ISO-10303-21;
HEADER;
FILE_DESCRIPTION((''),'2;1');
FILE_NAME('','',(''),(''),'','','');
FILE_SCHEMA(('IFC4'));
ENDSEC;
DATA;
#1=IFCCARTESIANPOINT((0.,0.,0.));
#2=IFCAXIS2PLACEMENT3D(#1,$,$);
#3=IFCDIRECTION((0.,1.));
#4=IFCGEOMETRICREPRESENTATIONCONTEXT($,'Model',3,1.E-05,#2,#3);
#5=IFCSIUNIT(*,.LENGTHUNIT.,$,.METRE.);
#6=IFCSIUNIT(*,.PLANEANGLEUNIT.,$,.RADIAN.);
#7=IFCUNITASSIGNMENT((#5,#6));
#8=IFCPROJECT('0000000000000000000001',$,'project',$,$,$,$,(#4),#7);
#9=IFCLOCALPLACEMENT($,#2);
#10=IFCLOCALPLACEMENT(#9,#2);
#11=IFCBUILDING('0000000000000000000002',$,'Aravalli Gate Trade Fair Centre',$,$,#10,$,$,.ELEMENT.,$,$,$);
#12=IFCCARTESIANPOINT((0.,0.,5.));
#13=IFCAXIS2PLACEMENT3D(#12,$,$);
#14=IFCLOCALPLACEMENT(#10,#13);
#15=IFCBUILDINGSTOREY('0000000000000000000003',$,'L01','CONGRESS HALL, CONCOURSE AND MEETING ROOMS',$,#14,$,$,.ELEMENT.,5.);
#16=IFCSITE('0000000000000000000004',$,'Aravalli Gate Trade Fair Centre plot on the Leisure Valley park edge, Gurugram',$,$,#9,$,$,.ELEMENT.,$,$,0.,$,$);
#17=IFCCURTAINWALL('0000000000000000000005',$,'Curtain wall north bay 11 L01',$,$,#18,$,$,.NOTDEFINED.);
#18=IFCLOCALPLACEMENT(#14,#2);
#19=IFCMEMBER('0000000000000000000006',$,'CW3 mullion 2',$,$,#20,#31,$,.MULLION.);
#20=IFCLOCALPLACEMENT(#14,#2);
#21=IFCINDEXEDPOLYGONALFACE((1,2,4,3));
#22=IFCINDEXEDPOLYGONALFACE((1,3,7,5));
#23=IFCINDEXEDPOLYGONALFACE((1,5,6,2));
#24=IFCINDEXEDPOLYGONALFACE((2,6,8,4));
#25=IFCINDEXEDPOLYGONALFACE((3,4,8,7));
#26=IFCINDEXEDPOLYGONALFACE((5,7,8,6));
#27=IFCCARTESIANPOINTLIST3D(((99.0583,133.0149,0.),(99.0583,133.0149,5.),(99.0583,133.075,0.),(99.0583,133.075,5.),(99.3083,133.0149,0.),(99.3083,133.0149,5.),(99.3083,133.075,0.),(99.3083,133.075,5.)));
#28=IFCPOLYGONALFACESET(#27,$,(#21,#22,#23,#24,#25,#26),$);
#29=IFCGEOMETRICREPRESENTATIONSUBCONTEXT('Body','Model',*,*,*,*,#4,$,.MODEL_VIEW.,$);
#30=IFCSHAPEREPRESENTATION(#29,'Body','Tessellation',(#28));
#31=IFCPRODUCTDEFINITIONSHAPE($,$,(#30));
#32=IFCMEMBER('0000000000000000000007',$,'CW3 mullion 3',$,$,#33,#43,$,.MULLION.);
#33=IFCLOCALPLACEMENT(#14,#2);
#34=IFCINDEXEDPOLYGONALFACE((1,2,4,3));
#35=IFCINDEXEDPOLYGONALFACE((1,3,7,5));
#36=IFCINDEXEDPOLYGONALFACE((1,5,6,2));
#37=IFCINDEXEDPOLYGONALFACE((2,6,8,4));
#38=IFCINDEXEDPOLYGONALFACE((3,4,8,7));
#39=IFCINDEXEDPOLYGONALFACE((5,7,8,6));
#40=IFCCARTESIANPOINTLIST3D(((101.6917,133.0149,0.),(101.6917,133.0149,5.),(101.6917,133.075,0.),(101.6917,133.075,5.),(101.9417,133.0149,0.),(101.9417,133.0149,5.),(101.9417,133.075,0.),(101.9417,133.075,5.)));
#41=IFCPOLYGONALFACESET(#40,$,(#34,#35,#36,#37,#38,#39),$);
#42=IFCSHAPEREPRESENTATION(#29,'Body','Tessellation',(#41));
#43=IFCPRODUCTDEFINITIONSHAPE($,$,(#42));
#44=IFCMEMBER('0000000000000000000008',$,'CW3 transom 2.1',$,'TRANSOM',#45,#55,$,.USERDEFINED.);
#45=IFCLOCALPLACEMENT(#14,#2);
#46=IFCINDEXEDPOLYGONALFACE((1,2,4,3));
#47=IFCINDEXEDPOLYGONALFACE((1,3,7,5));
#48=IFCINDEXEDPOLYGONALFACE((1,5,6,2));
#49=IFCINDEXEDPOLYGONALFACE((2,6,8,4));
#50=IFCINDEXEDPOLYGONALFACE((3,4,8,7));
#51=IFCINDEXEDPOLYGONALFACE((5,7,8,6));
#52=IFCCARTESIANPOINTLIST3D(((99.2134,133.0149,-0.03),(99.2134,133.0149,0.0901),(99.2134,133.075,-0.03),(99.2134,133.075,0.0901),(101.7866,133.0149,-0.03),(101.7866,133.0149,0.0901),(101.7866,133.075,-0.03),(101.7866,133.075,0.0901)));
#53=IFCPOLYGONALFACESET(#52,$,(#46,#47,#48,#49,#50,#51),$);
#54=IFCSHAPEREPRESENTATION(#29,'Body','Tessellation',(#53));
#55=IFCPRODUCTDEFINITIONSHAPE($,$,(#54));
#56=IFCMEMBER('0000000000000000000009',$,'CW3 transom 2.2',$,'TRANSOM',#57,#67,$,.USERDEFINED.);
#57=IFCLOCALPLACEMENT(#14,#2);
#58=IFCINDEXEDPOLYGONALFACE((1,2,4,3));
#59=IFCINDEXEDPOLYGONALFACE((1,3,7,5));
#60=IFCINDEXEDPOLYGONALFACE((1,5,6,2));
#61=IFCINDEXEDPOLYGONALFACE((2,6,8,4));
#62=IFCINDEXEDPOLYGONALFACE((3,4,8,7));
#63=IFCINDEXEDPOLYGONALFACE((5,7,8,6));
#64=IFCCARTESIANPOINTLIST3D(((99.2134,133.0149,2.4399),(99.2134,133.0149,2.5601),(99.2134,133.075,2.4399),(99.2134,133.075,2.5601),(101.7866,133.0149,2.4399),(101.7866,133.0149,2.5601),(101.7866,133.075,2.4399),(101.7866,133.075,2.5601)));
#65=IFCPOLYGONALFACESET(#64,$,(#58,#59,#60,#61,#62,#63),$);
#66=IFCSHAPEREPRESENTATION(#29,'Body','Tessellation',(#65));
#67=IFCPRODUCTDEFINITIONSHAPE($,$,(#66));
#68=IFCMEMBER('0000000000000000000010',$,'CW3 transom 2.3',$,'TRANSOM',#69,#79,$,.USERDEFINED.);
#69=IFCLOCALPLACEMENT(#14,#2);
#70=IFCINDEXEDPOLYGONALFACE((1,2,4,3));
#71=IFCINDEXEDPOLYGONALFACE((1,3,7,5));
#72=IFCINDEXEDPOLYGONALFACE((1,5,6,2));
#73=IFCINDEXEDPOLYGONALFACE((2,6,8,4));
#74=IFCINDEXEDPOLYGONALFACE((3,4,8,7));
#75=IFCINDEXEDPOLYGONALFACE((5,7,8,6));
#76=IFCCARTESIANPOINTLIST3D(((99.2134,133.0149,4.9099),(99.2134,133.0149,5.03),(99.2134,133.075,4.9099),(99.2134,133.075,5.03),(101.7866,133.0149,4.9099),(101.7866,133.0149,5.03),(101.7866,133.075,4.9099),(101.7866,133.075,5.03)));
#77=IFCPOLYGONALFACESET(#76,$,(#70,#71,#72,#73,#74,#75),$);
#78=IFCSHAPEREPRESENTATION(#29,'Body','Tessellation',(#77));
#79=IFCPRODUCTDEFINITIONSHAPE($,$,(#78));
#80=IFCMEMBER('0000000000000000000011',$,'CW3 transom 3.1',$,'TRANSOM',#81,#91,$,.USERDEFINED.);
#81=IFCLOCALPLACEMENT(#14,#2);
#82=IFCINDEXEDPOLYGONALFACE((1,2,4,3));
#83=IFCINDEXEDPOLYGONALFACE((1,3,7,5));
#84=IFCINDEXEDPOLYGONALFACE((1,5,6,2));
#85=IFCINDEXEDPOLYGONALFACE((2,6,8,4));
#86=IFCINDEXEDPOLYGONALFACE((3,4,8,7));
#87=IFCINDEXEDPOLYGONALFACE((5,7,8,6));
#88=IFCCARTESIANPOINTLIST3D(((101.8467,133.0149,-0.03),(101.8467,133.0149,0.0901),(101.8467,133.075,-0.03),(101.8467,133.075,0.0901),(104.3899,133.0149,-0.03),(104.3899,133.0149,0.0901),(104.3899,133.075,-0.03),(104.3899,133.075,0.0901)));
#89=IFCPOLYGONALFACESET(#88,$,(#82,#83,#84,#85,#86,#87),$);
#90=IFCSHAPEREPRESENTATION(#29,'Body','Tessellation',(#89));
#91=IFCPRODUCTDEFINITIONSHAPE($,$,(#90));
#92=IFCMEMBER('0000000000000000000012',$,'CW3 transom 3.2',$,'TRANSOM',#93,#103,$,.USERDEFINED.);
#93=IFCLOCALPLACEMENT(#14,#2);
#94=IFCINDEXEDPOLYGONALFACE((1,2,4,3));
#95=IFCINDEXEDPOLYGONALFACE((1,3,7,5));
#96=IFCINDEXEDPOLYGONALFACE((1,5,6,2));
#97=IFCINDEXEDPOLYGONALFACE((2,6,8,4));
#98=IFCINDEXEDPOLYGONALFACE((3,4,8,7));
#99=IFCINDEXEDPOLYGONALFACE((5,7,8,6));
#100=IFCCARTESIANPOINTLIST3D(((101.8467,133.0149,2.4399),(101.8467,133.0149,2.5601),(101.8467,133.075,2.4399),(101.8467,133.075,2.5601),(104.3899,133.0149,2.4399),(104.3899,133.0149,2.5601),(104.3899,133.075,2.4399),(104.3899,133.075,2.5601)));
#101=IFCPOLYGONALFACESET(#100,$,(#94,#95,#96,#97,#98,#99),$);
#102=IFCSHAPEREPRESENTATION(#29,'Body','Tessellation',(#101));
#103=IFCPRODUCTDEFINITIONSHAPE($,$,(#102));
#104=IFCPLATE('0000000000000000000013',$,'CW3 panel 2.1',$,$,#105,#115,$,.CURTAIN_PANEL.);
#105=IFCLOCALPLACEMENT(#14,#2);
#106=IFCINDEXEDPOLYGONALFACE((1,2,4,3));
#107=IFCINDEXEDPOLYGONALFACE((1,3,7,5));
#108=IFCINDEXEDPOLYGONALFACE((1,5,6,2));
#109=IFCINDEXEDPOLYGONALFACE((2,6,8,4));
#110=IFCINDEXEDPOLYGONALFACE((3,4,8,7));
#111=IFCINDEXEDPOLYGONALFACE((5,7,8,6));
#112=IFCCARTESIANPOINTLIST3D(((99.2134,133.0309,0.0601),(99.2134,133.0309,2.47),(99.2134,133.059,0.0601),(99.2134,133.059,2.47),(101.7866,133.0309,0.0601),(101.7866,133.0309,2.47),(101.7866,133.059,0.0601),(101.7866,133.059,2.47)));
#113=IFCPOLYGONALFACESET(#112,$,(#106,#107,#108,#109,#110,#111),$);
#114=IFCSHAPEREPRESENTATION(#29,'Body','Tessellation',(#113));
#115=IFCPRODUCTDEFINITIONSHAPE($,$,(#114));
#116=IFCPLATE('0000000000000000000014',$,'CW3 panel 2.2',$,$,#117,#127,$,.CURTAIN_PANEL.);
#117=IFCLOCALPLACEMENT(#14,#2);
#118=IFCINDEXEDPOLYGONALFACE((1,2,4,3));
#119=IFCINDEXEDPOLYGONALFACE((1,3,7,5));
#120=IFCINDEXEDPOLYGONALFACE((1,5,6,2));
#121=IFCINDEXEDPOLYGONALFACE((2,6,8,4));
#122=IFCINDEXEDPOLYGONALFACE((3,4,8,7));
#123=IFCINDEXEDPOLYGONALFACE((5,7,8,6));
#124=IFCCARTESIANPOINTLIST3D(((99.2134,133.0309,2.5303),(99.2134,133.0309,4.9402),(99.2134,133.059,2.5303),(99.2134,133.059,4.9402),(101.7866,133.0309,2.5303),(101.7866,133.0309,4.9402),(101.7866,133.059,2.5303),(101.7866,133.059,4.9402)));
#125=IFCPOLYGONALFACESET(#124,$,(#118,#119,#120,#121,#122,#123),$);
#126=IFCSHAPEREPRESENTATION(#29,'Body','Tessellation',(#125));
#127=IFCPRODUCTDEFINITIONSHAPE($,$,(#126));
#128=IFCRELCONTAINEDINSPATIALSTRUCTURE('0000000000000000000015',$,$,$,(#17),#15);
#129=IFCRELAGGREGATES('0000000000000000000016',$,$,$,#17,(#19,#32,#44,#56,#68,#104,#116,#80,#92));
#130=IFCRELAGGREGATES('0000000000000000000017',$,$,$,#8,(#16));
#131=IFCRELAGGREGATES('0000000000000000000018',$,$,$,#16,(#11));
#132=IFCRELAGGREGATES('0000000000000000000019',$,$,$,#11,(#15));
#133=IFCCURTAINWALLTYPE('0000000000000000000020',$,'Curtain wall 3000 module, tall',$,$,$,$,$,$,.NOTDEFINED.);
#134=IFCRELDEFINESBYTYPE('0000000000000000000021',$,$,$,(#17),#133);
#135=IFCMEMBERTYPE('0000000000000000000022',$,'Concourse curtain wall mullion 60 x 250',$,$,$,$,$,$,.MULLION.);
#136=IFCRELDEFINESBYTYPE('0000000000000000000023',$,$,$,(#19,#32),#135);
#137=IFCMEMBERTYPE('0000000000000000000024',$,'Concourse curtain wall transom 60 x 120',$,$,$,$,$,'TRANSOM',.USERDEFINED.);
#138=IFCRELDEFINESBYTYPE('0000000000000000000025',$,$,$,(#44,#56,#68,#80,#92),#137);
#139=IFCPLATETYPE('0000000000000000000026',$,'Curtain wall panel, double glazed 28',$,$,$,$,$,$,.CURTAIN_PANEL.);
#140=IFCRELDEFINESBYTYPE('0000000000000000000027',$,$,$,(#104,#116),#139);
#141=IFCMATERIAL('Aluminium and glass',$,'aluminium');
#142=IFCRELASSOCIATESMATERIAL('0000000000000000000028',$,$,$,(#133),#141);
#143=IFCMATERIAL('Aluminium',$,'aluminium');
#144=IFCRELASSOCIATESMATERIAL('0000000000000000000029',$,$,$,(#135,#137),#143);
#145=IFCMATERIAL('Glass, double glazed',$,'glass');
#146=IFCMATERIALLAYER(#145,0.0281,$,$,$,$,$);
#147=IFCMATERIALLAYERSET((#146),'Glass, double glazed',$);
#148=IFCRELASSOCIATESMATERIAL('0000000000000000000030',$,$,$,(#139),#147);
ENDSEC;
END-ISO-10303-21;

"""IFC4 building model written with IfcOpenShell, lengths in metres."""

from ifc_helpers import new_model, si_unit, direction, frame, origin, origin_2d, place, context, subcontext, project, spatial, rectangle, extrude, material, layer, layer_set, material_profile, profile_set, type_object, element, aggregate, save


model = new_model("IFC4")

# Units and contexts
model_context = context("Model", 3, precision=1e-05, world=origin(), true_north=direction((0.0, 1.0)))
body_context = subcontext(model_context, "Body", "Model", "MODEL_VIEW")
ifc_project = project(units=[si_unit("LENGTHUNIT", "METRE"), si_unit("PLANEANGLEUNIT", "RADIAN")], contexts=[model_context])

# Site, building, storey
site_placement = place(None, origin())
site = spatial("IfcSite", under=ifc_project, at=site_placement, Name="Aravalli Gate Trade Fair Centre plot on the Leisure Valley park edge, Gurugram", CompositionType="ELEMENT", RefElevation=0.0)
building_placement = place(site_placement, origin())
building = spatial("IfcBuilding", under=site, at=building_placement, Name="Aravalli Gate Trade Fair Centre", CompositionType="ELEMENT")
storey_placement = place(building_placement, frame((0.0, 0.0, 5.0)))
storey = spatial("IfcBuildingStorey", under=building, at=storey_placement, Name="L01", Description="CONGRESS HALL, CONCOURSE AND MEETING ROOMS", CompositionType="ELEMENT", Elevation=5.0)

# Curtain wall, members, plates
ifc_material_1 = material(Name="Aluminium and glass", Category="aluminium")
curtain_wall_type = type_object("IfcCurtainWallType", Name="Curtain wall 3000 module, tall", PredefinedType="NOTDEFINED", material=ifc_material_1)
curtain_wall_placement = place(storey_placement, origin())
curtain_wall = element("IfcCurtainWall", 1, at=curtain_wall_placement, inside=storey, type_object=curtain_wall_type, Name="Curtain wall north bay 11 L01", PredefinedType="NOTDEFINED")
ifc_material_2 = material(Name="Aluminium", Category="aluminium")
ifc_material_profile_1 = material_profile(ifc_material_2, rectangle(XDim=0.0601, YDim=0.25, at=origin_2d()), Name="Concourse curtain wall mullion 60 x 250")
ifc_profile_set_1 = profile_set([ifc_material_profile_1], Name="Aluminium")
member_type_1 = type_object("IfcMemberType", Name="Concourse curtain wall mullion 60 x 250", PredefinedType="MULLION", material=ifc_profile_set_1)
member_1_placement = place(storey_placement, frame((99.1833, 133.0449, 0.0), z_axis=(0.0, 0.0, 1.0), x_axis=(0.0, 1.0, 0.0)))
member_1 = element("IfcMember", 2, at=member_1_placement, type_object=member_type_1, Name="CW3 mullion 2", PredefinedType="MULLION", context=body_context, shape_type="SweptSolid", body=[
    extrude(rectangle(XDim=0.0601, YDim=0.25, at=origin_2d()), origin(), (0.0, 0.0, 1.0), 5.0),
])
member_2_placement = place(storey_placement, frame((101.8167, 133.0449, 0.0), z_axis=(0.0, 0.0, 1.0), x_axis=(0.0, 1.0, 0.0)))
member_2 = element("IfcMember", 3, at=member_2_placement, type_object=member_type_1, Name="CW3 mullion 3", PredefinedType="MULLION", context=body_context, shape_type="SweptSolid", body=[
    extrude(rectangle(XDim=0.0601, YDim=0.25, at=origin_2d()), origin(), (0.0, 0.0, 1.0), 5.0),
])
ifc_material_profile_2 = material_profile(ifc_material_2, rectangle(XDim=0.0601, YDim=0.1201, at=origin_2d()), Name="Concourse curtain wall transom 60 x 120")
ifc_profile_set_2 = profile_set([ifc_material_profile_2], Name="Aluminium")
member_type_2 = type_object("IfcMemberType", Name="Concourse curtain wall transom 60 x 120", ElementType="TRANSOM", PredefinedType="USERDEFINED", material=ifc_profile_set_2)
member_3_placement = place(storey_placement, frame((99.2134, 133.0449, 0.03), z_axis=(1.0, 0.0, 0.0), x_axis=(0.0, 1.0, 0.0)))
member_3 = element("IfcMember", 4, at=member_3_placement, type_object=member_type_2, Name="CW3 transom 2.1", ObjectType="TRANSOM", PredefinedType="USERDEFINED", context=body_context, shape_type="SweptSolid", body=[
    extrude(rectangle(XDim=0.0601, YDim=0.1201, at=origin_2d()), origin(), (0.0, 0.0, 1.0), 2.5732),
])
member_4_placement = place(storey_placement, frame((99.2134, 133.0449, 2.5), z_axis=(1.0, 0.0, 0.0), x_axis=(0.0, 1.0, 0.0)))
member_4 = element("IfcMember", 5, at=member_4_placement, type_object=member_type_2, Name="CW3 transom 2.2", ObjectType="TRANSOM", PredefinedType="USERDEFINED", context=body_context, shape_type="SweptSolid", body=[
    extrude(rectangle(XDim=0.0601, YDim=0.1201, at=origin_2d()), origin(), (0.0, 0.0, 1.0), 2.5732),
])
member_5_placement = place(storey_placement, frame((99.2134, 133.0449, 4.97), z_axis=(1.0, 0.0, 0.0), x_axis=(0.0, 1.0, 0.0)))
member_5 = element("IfcMember", 6, at=member_5_placement, type_object=member_type_2, Name="CW3 transom 2.3", ObjectType="TRANSOM", PredefinedType="USERDEFINED", context=body_context, shape_type="SweptSolid", body=[
    extrude(rectangle(XDim=0.0601, YDim=0.1201, at=origin_2d()), origin(), (0.0, 0.0, 1.0), 2.5732),
])
member_6_placement = place(storey_placement, frame((101.8467, 133.0449, 0.03), z_axis=(1.0, 0.0, 0.0), x_axis=(0.0, 1.0, 0.0)))
member_6 = element("IfcMember", 7, at=member_6_placement, type_object=member_type_2, Name="CW3 transom 3.1", ObjectType="TRANSOM", PredefinedType="USERDEFINED", context=body_context, shape_type="SweptSolid", body=[
    extrude(rectangle(XDim=0.0601, YDim=0.1201, at=origin_2d()), origin(), (0.0, 0.0, 1.0), 2.5432),
])
member_7_placement = place(storey_placement, frame((101.8467, 133.0449, 2.5), z_axis=(1.0, 0.0, 0.0), x_axis=(0.0, 1.0, 0.0)))
member_7 = element("IfcMember", 8, at=member_7_placement, type_object=member_type_2, Name="CW3 transom 3.2", ObjectType="TRANSOM", PredefinedType="USERDEFINED", context=body_context, shape_type="SweptSolid", body=[
    extrude(rectangle(XDim=0.0601, YDim=0.1201, at=origin_2d()), origin(), (0.0, 0.0, 1.0), 2.5432),
])
ifc_material_3 = material(Name="Glass, double glazed", Category="glass")
ifc_layer = layer(ifc_material_3, 0.0281)
ifc_layer_set = layer_set([ifc_layer], Name="Glass, double glazed")
plate_type = type_object("IfcPlateType", Name="Curtain wall panel, double glazed 28", PredefinedType="CURTAIN_PANEL", material=ifc_layer_set)
plate_1_placement = place(storey_placement, frame((100.5, 133.0449, 0.0601), z_axis=(0.0, 0.0, 1.0), x_axis=(1.0, 0.0, 0.0)))
plate_1 = element("IfcPlate", 9, at=plate_1_placement, type_object=plate_type, Name="CW3 panel 2.1", PredefinedType="CURTAIN_PANEL", context=body_context, shape_type="SweptSolid", body=[
    extrude(rectangle(XDim=2.5732, YDim=0.0281, at=origin_2d()), origin(), (0.0, 0.0, 1.0), 2.4099),
])
plate_2_placement = place(storey_placement, frame((100.5, 133.0449, 2.5303), z_axis=(0.0, 0.0, 1.0), x_axis=(1.0, 0.0, 0.0)))
plate_2 = element("IfcPlate", 10, at=plate_2_placement, type_object=plate_type, Name="CW3 panel 2.2", PredefinedType="CURTAIN_PANEL", context=body_context, shape_type="SweptSolid", body=[
    extrude(rectangle(XDim=2.5732, YDim=0.0281, at=origin_2d()), origin(), (0.0, 0.0, 1.0), 2.4099),
])
aggregate(curtain_wall, [member_1, member_2, member_3, member_4, member_5, plate_1, plate_2, member_6, member_7])

save(model, "model.ifc")
